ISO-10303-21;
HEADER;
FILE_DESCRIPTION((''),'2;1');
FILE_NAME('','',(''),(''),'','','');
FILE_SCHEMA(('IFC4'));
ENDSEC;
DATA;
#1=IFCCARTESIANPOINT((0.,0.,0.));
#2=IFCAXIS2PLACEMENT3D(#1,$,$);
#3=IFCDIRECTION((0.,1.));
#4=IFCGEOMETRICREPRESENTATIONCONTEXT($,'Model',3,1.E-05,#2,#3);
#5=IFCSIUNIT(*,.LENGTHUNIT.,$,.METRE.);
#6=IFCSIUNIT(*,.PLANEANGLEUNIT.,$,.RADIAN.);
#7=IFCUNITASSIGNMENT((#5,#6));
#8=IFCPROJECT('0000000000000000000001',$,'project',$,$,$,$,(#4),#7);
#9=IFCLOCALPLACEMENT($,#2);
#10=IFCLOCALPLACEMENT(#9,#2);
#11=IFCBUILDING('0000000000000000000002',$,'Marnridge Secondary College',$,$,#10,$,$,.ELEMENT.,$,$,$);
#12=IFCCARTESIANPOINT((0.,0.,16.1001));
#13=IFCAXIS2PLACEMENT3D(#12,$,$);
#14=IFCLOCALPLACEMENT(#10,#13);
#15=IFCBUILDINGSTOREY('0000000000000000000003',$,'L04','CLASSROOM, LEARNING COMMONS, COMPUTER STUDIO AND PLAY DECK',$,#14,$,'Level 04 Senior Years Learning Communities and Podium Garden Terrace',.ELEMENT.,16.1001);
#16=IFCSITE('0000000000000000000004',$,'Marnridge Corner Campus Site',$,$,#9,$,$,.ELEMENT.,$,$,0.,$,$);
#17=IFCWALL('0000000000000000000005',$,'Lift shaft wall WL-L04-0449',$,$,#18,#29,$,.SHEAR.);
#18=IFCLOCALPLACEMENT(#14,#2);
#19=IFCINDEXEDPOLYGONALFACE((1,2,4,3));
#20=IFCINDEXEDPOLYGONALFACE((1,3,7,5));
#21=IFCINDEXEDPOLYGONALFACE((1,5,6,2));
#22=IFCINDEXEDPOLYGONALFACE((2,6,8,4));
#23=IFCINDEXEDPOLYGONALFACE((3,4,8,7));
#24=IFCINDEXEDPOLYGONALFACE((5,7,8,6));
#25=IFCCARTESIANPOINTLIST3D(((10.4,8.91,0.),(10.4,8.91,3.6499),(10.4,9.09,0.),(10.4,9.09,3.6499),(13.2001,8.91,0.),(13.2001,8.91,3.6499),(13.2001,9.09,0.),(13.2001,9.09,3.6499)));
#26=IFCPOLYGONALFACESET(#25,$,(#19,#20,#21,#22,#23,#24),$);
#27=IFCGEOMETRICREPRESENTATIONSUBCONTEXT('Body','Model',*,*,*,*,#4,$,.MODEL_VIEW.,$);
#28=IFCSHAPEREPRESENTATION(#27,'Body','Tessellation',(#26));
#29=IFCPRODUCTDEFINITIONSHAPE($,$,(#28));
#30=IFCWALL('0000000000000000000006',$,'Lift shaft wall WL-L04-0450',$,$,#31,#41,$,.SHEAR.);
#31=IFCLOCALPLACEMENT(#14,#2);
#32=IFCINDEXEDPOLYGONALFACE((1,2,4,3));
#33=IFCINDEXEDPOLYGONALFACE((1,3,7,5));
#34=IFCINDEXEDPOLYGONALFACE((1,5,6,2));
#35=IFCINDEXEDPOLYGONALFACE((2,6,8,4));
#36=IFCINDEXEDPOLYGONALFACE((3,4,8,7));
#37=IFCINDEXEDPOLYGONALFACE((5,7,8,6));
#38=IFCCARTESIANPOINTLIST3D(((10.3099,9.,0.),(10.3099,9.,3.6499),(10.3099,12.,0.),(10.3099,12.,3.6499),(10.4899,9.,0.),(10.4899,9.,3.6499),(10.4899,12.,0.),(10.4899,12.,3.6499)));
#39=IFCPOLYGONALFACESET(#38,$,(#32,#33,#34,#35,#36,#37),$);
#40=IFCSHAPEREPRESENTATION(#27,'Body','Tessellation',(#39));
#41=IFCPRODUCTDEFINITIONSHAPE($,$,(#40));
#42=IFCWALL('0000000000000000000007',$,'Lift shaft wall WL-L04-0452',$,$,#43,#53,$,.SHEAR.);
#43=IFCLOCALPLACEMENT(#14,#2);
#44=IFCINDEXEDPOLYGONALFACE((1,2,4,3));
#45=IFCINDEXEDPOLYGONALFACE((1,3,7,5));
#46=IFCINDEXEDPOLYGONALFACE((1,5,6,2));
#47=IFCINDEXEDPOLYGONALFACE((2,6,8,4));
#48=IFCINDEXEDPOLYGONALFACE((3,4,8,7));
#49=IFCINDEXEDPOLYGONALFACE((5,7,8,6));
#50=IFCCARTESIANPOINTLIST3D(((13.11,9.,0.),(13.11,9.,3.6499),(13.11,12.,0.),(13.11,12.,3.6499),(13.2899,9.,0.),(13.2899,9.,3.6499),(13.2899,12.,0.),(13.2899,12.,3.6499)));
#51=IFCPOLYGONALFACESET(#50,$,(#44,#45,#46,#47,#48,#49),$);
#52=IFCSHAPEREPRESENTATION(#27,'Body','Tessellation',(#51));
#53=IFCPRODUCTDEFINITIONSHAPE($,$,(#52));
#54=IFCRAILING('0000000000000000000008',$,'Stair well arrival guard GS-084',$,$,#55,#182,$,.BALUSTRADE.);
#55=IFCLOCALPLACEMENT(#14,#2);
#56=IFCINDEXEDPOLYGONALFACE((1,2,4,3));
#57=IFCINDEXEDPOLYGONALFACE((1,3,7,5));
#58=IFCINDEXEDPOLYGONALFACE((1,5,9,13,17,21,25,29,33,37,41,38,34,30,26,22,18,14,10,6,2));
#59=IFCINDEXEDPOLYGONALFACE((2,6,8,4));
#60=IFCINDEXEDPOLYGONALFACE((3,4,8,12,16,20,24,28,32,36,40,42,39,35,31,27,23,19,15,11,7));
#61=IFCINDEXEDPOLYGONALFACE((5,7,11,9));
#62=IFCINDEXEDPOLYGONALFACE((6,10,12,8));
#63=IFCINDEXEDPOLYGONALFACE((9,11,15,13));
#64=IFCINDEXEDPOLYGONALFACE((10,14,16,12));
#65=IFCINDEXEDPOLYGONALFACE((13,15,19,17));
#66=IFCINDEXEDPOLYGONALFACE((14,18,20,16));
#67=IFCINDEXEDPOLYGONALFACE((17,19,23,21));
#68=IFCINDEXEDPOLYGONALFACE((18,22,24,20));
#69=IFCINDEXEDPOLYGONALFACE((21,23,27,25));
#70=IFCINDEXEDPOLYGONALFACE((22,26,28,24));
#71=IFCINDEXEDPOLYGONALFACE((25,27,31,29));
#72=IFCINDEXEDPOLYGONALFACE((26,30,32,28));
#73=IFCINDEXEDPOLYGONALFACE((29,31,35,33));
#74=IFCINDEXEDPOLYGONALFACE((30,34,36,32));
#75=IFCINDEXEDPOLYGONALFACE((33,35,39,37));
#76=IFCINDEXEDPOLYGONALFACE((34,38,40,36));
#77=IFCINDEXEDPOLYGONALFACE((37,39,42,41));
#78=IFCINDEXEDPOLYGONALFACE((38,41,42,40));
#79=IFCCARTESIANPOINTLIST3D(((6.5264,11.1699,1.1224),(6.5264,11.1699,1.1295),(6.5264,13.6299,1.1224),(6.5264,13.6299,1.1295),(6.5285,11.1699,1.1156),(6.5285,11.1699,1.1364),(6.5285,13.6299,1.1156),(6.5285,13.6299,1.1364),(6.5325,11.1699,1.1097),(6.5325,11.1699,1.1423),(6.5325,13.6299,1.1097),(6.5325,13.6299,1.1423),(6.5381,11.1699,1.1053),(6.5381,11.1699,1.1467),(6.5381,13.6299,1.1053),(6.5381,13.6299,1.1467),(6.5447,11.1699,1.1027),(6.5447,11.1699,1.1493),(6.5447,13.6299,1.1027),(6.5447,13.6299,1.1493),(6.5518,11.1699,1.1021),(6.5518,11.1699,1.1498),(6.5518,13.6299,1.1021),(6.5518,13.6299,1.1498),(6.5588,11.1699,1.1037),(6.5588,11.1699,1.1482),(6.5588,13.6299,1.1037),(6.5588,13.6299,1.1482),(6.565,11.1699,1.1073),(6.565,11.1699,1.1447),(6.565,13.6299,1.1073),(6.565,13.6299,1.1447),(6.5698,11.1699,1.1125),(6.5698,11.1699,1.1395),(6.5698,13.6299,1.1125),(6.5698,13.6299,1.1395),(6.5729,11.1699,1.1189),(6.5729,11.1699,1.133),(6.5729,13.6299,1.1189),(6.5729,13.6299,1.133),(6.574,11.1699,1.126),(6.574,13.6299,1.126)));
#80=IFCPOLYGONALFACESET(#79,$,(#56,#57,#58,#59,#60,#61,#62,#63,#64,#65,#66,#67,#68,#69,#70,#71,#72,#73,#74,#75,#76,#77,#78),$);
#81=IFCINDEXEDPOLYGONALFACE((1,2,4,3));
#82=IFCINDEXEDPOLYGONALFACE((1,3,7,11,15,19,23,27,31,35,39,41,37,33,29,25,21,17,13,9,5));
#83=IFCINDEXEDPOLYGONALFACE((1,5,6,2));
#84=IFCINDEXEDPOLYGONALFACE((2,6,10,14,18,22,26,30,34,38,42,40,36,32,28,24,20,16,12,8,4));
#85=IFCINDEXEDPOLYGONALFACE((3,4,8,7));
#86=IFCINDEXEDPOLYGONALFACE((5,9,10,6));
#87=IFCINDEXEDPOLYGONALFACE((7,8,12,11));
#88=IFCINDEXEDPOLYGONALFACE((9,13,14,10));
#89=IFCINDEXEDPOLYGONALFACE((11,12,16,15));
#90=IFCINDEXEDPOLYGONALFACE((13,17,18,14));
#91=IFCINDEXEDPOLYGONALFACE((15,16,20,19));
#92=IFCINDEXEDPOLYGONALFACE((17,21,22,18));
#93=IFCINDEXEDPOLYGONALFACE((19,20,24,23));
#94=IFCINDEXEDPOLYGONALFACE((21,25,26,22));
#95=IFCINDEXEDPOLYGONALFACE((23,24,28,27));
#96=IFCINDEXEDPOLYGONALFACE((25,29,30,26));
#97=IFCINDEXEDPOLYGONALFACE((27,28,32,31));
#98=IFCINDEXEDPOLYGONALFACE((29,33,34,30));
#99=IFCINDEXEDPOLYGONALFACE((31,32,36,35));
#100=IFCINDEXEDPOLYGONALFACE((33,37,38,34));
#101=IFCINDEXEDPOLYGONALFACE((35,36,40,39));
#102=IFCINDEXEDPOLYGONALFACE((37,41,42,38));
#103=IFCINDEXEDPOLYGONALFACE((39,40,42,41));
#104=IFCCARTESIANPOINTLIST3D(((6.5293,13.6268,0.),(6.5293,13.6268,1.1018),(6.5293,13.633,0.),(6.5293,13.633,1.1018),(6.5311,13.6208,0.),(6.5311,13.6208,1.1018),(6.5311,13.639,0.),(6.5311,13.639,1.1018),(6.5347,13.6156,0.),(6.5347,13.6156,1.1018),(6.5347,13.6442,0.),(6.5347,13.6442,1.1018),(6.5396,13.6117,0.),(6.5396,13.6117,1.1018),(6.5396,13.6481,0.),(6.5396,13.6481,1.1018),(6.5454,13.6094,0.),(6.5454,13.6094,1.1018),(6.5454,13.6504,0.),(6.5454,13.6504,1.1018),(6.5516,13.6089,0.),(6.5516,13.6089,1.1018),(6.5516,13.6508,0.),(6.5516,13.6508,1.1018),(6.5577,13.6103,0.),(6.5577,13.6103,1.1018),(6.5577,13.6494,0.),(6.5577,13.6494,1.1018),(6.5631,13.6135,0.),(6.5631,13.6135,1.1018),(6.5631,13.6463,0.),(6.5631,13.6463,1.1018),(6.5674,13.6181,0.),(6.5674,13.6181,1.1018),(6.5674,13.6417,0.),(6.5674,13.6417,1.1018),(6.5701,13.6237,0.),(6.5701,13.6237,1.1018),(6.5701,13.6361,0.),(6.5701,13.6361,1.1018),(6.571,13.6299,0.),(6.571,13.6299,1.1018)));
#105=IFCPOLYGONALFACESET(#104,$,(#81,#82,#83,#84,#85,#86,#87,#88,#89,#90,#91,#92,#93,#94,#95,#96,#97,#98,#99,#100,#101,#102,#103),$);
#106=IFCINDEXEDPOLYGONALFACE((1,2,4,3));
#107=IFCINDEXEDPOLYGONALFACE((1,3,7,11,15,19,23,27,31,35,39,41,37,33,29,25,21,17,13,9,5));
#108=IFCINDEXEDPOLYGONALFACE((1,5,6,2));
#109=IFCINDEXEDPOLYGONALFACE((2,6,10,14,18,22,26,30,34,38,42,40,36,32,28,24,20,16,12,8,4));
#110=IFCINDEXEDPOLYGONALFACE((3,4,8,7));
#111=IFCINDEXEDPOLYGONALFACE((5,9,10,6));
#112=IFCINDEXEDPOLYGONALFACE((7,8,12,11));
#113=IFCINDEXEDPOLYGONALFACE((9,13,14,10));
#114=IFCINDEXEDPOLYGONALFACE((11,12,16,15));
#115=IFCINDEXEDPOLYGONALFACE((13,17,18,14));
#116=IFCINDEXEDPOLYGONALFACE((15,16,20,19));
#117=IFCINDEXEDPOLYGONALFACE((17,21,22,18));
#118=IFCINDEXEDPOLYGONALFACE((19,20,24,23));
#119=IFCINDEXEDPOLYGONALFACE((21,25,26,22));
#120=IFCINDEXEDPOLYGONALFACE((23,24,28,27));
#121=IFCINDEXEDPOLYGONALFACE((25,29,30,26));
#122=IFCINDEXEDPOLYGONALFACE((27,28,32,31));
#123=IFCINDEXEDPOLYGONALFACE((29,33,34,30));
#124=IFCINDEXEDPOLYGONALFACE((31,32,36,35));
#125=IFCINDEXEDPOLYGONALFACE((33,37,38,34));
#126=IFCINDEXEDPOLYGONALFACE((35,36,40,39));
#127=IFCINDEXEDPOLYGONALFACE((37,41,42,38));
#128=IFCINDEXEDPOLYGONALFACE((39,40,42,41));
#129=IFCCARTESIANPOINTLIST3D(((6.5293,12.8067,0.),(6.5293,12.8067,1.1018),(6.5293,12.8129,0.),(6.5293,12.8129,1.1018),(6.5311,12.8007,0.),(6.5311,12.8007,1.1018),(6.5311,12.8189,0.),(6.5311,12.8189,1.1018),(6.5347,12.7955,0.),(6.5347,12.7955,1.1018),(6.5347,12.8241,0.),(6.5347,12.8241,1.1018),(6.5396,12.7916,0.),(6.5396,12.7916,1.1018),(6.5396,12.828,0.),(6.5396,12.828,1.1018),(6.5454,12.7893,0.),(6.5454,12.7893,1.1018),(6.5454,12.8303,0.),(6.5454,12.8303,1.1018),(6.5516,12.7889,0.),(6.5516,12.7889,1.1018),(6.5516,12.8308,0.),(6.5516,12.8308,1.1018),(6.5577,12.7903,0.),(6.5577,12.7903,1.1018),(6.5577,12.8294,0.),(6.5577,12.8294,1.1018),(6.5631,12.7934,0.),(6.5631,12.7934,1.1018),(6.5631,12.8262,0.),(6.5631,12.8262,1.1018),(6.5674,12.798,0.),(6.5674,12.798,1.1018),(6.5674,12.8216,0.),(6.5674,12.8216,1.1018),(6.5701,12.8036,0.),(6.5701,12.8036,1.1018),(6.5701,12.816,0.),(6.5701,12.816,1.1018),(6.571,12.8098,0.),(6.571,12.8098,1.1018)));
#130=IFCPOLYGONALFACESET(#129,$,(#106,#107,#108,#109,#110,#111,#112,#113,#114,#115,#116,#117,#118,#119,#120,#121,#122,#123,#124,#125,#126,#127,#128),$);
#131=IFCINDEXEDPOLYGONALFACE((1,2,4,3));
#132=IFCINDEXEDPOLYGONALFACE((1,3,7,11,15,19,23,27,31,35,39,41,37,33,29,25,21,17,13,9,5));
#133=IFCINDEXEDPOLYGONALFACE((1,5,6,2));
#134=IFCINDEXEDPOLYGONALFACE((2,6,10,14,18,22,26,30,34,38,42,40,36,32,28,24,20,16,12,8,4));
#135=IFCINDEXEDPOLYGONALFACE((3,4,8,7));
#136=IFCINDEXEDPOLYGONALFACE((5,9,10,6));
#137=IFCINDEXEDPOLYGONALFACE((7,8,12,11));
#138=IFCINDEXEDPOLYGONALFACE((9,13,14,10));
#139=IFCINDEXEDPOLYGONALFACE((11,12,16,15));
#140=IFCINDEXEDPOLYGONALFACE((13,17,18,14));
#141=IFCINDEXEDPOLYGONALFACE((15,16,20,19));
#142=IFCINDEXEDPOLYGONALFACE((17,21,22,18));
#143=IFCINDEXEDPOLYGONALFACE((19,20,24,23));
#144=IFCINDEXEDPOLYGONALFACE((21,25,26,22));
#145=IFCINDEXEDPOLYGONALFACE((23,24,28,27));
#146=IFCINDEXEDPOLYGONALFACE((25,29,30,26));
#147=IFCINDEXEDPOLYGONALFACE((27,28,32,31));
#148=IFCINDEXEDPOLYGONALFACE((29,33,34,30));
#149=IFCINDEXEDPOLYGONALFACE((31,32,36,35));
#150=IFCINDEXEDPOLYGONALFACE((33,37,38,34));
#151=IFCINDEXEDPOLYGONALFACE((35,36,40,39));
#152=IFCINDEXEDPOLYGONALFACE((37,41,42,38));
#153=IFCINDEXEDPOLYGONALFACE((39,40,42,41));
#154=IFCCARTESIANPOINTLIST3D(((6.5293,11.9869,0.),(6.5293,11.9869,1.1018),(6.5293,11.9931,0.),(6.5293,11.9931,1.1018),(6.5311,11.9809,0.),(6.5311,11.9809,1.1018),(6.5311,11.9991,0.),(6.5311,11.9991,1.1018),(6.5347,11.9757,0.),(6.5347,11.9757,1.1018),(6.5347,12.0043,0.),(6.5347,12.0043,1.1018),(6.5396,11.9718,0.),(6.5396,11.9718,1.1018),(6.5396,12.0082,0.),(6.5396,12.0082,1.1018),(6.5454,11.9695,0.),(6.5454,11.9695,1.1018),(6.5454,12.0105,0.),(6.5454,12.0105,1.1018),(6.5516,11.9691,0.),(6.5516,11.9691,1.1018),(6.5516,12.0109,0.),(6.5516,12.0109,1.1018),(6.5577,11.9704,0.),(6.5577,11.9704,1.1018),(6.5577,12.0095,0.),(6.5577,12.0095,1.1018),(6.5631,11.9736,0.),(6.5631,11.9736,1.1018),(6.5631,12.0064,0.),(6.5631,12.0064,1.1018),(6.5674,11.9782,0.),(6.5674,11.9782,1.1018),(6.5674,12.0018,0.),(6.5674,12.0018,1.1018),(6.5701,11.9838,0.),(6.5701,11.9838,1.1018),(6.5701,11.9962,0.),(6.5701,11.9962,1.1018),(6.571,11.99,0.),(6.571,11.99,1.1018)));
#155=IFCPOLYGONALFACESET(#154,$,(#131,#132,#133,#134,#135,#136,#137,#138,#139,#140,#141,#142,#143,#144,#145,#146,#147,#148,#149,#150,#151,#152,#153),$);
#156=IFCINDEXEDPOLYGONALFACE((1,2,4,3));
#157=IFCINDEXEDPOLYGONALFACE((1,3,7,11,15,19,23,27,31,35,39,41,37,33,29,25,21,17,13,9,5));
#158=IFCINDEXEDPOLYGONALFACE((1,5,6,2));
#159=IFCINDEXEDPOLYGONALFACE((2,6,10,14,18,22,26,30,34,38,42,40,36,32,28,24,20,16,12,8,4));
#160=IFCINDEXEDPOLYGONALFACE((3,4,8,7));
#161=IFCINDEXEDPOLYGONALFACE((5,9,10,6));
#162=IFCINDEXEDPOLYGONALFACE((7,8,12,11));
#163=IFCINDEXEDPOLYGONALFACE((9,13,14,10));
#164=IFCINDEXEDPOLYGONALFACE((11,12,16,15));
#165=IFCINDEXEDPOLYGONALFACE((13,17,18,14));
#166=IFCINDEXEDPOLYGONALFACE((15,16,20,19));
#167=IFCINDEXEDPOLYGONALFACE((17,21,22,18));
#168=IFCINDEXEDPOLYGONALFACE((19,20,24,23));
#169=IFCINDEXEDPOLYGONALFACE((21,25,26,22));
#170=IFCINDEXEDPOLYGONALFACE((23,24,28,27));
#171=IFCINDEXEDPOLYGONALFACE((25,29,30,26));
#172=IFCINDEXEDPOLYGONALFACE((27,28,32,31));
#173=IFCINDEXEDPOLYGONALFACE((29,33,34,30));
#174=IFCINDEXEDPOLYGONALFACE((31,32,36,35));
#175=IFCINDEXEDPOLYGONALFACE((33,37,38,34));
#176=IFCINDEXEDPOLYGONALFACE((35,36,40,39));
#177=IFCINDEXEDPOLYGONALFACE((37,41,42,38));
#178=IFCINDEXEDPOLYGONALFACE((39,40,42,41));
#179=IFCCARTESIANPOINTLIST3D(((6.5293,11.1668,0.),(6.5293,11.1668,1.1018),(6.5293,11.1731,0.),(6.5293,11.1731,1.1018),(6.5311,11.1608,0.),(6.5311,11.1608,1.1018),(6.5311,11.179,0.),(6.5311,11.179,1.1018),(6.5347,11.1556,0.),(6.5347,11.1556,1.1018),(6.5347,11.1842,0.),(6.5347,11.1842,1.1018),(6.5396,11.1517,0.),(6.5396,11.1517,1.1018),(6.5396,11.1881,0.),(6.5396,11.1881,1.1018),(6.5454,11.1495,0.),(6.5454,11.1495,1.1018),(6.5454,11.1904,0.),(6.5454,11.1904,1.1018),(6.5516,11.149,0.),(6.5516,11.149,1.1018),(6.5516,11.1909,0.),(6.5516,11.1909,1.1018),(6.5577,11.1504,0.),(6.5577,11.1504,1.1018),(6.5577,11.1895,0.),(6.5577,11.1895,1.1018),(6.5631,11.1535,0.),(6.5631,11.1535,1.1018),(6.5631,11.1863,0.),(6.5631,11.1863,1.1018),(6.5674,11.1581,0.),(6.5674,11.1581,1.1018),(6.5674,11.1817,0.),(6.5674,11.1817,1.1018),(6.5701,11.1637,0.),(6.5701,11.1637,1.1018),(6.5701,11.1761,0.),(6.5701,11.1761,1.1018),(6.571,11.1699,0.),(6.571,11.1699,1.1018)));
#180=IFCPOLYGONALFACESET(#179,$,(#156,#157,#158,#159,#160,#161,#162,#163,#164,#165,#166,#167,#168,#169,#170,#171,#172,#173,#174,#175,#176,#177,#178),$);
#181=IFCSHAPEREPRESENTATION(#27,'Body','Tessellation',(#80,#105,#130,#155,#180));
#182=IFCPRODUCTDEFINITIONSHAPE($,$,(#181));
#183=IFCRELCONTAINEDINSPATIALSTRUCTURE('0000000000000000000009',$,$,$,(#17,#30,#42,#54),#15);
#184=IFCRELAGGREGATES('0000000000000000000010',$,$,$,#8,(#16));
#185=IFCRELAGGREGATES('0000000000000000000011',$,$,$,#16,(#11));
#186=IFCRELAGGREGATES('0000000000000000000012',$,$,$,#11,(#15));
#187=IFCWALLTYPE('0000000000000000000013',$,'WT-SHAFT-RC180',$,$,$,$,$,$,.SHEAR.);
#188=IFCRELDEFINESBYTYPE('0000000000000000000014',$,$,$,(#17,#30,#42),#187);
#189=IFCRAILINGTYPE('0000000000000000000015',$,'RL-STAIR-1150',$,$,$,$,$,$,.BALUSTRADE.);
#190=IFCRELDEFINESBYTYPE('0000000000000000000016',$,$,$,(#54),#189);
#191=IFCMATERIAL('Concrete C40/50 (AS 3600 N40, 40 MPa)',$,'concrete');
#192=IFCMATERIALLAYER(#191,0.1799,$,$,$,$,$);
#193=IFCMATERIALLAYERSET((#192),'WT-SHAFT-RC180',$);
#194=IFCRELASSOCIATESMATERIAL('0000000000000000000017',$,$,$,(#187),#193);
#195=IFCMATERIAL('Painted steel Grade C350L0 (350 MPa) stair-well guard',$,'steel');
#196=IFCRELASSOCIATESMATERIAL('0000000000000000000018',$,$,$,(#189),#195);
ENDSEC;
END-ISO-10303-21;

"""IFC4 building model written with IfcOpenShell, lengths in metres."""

from ifc_helpers import new_model, si_unit, direction, frame, frame_2d, origin, origin_2d, place, context, subcontext, project, spatial, rectangle, circle, extrude, material, layer, layer_set, type_object, element, save


model = new_model("IFC4")

# Units and contexts
model_context = context("Model", 3, precision=1e-05, world=origin(), true_north=direction((0.0, 1.0)))
body_context = subcontext(model_context, "Body", "Model", "MODEL_VIEW")
ifc_project = project(units=[si_unit("LENGTHUNIT", "METRE"), si_unit("PLANEANGLEUNIT", "RADIAN")], contexts=[model_context])

# Site, building, storey
site_placement = place(None, origin())
site = spatial("IfcSite", under=ifc_project, at=site_placement, Name="Marnridge Corner Campus Site", CompositionType="ELEMENT", RefElevation=0.0)
building_placement = place(site_placement, origin())
building = spatial("IfcBuilding", under=site, at=building_placement, Name="Marnridge Secondary College", CompositionType="ELEMENT")
storey_placement = place(building_placement, frame((0.0, 0.0, 16.1001)))
storey = spatial("IfcBuildingStorey", under=building, at=storey_placement, Name="L04", Description="CLASSROOM, LEARNING COMMONS, COMPUTER STUDIO AND PLAY DECK", LongName="Level 04 Senior Years Learning Communities and Podium Garden Terrace", CompositionType="ELEMENT", Elevation=16.1001)

# Walls
ifc_material_1 = material(Name="Concrete C40/50 (AS 3600 N40, 40 MPa)", Category="concrete")
ifc_layer_1 = layer(ifc_material_1, 0.1799)
ifc_layer_set_1 = layer_set([ifc_layer_1], Name="WT-SHAFT-RC180")
wall_type_1 = type_object("IfcWallType", Name="WT-SHAFT-RC180", PredefinedType="SHEAR", material=ifc_layer_set_1)
wall_1_placement = place(storey_placement, frame((13.2, 9.0, 0.0), z_axis=(0.0, 0.0, 1.0), x_axis=(-1.0, 0.0, 0.0)))
element("IfcWall", 1, at=wall_1_placement, inside=storey, type_object=wall_type_1, Name="Lift shaft wall WL-L04-0449", PredefinedType="SHEAR", context=body_context, shape_type="SweptSolid", body=[
    extrude(rectangle(XDim=2.8, YDim=0.1799, at=frame_2d((1.3999, 0.0))), origin(), (0.0, 0.0, 1.0), 3.6499),
])
wall_2_placement = place(storey_placement, frame((10.3999, 9.0, 0.0), z_axis=(0.0, 0.0, 1.0), x_axis=(0.0, 1.0, 0.0)))
element("IfcWall", 2, at=wall_2_placement, inside=storey, type_object=wall_type_1, Name="Lift shaft wall WL-L04-0450", PredefinedType="SHEAR", context=body_context, shape_type="SweptSolid", body=[
    extrude(rectangle(XDim=3.0, YDim=0.1799, at=frame_2d((1.5, 0.0))), origin(), (0.0, 0.0, 1.0), 3.6499),
])

# Wall
wall_3_placement = place(storey_placement, frame((13.2, 12.0, 0.0), z_axis=(0.0, 0.0, 1.0), x_axis=(0.0, -1.0, 0.0)))
element("IfcWall", 3, at=wall_3_placement, inside=storey, type_object=wall_type_1, Name="Lift shaft wall WL-L04-0452", PredefinedType="SHEAR", context=body_context, shape_type="SweptSolid", body=[
    extrude(rectangle(XDim=3.0, YDim=0.1799, at=frame_2d((1.5, 0.0))), origin(), (0.0, 0.0, 1.0), 3.6499),
])

# Railing
ifc_material_2 = material(Name="Painted steel Grade C350L0 (350 MPa) stair-well guard", Category="steel")
railing_type = type_object("IfcRailingType", Name="RL-STAIR-1150", PredefinedType="BALUSTRADE", material=ifc_material_2)
railing_placement = place(storey_placement, frame((6.55, 13.6299, 0.0)))
element("IfcRailing", 4, at=railing_placement, inside=storey, type_object=railing_type, Name="Stair well arrival guard GS-084", PredefinedType="BALUSTRADE", context=body_context, shape_type="SweptSolid", body=[
    extrude(circle(Radius=0.0239, at=origin_2d()), frame((0.0, 0.0, 1.126), z_axis=(0.0, -1.0, 0.0), x_axis=(1.0, 0.0, 0.0)), (0.0, 0.0, 1.0), 2.46),
    extrude(circle(Radius=0.021, at=origin_2d()), origin(), (0.0, 0.0, 1.0), 1.1018),
    extrude(circle(Radius=0.021, at=origin_2d()), frame((0.0, -0.8201, 0.0)), (0.0, 0.0, 1.0), 1.1018),
    extrude(circle(Radius=0.021, at=origin_2d()), frame((0.0, -1.6399, 0.0)), (0.0, 0.0, 1.0), 1.1018),
    extrude(circle(Radius=0.021, at=origin_2d()), frame((0.0, -2.46, 0.0)), (0.0, 0.0, 1.0), 1.1018),
])

save(model, "model.ifc")
